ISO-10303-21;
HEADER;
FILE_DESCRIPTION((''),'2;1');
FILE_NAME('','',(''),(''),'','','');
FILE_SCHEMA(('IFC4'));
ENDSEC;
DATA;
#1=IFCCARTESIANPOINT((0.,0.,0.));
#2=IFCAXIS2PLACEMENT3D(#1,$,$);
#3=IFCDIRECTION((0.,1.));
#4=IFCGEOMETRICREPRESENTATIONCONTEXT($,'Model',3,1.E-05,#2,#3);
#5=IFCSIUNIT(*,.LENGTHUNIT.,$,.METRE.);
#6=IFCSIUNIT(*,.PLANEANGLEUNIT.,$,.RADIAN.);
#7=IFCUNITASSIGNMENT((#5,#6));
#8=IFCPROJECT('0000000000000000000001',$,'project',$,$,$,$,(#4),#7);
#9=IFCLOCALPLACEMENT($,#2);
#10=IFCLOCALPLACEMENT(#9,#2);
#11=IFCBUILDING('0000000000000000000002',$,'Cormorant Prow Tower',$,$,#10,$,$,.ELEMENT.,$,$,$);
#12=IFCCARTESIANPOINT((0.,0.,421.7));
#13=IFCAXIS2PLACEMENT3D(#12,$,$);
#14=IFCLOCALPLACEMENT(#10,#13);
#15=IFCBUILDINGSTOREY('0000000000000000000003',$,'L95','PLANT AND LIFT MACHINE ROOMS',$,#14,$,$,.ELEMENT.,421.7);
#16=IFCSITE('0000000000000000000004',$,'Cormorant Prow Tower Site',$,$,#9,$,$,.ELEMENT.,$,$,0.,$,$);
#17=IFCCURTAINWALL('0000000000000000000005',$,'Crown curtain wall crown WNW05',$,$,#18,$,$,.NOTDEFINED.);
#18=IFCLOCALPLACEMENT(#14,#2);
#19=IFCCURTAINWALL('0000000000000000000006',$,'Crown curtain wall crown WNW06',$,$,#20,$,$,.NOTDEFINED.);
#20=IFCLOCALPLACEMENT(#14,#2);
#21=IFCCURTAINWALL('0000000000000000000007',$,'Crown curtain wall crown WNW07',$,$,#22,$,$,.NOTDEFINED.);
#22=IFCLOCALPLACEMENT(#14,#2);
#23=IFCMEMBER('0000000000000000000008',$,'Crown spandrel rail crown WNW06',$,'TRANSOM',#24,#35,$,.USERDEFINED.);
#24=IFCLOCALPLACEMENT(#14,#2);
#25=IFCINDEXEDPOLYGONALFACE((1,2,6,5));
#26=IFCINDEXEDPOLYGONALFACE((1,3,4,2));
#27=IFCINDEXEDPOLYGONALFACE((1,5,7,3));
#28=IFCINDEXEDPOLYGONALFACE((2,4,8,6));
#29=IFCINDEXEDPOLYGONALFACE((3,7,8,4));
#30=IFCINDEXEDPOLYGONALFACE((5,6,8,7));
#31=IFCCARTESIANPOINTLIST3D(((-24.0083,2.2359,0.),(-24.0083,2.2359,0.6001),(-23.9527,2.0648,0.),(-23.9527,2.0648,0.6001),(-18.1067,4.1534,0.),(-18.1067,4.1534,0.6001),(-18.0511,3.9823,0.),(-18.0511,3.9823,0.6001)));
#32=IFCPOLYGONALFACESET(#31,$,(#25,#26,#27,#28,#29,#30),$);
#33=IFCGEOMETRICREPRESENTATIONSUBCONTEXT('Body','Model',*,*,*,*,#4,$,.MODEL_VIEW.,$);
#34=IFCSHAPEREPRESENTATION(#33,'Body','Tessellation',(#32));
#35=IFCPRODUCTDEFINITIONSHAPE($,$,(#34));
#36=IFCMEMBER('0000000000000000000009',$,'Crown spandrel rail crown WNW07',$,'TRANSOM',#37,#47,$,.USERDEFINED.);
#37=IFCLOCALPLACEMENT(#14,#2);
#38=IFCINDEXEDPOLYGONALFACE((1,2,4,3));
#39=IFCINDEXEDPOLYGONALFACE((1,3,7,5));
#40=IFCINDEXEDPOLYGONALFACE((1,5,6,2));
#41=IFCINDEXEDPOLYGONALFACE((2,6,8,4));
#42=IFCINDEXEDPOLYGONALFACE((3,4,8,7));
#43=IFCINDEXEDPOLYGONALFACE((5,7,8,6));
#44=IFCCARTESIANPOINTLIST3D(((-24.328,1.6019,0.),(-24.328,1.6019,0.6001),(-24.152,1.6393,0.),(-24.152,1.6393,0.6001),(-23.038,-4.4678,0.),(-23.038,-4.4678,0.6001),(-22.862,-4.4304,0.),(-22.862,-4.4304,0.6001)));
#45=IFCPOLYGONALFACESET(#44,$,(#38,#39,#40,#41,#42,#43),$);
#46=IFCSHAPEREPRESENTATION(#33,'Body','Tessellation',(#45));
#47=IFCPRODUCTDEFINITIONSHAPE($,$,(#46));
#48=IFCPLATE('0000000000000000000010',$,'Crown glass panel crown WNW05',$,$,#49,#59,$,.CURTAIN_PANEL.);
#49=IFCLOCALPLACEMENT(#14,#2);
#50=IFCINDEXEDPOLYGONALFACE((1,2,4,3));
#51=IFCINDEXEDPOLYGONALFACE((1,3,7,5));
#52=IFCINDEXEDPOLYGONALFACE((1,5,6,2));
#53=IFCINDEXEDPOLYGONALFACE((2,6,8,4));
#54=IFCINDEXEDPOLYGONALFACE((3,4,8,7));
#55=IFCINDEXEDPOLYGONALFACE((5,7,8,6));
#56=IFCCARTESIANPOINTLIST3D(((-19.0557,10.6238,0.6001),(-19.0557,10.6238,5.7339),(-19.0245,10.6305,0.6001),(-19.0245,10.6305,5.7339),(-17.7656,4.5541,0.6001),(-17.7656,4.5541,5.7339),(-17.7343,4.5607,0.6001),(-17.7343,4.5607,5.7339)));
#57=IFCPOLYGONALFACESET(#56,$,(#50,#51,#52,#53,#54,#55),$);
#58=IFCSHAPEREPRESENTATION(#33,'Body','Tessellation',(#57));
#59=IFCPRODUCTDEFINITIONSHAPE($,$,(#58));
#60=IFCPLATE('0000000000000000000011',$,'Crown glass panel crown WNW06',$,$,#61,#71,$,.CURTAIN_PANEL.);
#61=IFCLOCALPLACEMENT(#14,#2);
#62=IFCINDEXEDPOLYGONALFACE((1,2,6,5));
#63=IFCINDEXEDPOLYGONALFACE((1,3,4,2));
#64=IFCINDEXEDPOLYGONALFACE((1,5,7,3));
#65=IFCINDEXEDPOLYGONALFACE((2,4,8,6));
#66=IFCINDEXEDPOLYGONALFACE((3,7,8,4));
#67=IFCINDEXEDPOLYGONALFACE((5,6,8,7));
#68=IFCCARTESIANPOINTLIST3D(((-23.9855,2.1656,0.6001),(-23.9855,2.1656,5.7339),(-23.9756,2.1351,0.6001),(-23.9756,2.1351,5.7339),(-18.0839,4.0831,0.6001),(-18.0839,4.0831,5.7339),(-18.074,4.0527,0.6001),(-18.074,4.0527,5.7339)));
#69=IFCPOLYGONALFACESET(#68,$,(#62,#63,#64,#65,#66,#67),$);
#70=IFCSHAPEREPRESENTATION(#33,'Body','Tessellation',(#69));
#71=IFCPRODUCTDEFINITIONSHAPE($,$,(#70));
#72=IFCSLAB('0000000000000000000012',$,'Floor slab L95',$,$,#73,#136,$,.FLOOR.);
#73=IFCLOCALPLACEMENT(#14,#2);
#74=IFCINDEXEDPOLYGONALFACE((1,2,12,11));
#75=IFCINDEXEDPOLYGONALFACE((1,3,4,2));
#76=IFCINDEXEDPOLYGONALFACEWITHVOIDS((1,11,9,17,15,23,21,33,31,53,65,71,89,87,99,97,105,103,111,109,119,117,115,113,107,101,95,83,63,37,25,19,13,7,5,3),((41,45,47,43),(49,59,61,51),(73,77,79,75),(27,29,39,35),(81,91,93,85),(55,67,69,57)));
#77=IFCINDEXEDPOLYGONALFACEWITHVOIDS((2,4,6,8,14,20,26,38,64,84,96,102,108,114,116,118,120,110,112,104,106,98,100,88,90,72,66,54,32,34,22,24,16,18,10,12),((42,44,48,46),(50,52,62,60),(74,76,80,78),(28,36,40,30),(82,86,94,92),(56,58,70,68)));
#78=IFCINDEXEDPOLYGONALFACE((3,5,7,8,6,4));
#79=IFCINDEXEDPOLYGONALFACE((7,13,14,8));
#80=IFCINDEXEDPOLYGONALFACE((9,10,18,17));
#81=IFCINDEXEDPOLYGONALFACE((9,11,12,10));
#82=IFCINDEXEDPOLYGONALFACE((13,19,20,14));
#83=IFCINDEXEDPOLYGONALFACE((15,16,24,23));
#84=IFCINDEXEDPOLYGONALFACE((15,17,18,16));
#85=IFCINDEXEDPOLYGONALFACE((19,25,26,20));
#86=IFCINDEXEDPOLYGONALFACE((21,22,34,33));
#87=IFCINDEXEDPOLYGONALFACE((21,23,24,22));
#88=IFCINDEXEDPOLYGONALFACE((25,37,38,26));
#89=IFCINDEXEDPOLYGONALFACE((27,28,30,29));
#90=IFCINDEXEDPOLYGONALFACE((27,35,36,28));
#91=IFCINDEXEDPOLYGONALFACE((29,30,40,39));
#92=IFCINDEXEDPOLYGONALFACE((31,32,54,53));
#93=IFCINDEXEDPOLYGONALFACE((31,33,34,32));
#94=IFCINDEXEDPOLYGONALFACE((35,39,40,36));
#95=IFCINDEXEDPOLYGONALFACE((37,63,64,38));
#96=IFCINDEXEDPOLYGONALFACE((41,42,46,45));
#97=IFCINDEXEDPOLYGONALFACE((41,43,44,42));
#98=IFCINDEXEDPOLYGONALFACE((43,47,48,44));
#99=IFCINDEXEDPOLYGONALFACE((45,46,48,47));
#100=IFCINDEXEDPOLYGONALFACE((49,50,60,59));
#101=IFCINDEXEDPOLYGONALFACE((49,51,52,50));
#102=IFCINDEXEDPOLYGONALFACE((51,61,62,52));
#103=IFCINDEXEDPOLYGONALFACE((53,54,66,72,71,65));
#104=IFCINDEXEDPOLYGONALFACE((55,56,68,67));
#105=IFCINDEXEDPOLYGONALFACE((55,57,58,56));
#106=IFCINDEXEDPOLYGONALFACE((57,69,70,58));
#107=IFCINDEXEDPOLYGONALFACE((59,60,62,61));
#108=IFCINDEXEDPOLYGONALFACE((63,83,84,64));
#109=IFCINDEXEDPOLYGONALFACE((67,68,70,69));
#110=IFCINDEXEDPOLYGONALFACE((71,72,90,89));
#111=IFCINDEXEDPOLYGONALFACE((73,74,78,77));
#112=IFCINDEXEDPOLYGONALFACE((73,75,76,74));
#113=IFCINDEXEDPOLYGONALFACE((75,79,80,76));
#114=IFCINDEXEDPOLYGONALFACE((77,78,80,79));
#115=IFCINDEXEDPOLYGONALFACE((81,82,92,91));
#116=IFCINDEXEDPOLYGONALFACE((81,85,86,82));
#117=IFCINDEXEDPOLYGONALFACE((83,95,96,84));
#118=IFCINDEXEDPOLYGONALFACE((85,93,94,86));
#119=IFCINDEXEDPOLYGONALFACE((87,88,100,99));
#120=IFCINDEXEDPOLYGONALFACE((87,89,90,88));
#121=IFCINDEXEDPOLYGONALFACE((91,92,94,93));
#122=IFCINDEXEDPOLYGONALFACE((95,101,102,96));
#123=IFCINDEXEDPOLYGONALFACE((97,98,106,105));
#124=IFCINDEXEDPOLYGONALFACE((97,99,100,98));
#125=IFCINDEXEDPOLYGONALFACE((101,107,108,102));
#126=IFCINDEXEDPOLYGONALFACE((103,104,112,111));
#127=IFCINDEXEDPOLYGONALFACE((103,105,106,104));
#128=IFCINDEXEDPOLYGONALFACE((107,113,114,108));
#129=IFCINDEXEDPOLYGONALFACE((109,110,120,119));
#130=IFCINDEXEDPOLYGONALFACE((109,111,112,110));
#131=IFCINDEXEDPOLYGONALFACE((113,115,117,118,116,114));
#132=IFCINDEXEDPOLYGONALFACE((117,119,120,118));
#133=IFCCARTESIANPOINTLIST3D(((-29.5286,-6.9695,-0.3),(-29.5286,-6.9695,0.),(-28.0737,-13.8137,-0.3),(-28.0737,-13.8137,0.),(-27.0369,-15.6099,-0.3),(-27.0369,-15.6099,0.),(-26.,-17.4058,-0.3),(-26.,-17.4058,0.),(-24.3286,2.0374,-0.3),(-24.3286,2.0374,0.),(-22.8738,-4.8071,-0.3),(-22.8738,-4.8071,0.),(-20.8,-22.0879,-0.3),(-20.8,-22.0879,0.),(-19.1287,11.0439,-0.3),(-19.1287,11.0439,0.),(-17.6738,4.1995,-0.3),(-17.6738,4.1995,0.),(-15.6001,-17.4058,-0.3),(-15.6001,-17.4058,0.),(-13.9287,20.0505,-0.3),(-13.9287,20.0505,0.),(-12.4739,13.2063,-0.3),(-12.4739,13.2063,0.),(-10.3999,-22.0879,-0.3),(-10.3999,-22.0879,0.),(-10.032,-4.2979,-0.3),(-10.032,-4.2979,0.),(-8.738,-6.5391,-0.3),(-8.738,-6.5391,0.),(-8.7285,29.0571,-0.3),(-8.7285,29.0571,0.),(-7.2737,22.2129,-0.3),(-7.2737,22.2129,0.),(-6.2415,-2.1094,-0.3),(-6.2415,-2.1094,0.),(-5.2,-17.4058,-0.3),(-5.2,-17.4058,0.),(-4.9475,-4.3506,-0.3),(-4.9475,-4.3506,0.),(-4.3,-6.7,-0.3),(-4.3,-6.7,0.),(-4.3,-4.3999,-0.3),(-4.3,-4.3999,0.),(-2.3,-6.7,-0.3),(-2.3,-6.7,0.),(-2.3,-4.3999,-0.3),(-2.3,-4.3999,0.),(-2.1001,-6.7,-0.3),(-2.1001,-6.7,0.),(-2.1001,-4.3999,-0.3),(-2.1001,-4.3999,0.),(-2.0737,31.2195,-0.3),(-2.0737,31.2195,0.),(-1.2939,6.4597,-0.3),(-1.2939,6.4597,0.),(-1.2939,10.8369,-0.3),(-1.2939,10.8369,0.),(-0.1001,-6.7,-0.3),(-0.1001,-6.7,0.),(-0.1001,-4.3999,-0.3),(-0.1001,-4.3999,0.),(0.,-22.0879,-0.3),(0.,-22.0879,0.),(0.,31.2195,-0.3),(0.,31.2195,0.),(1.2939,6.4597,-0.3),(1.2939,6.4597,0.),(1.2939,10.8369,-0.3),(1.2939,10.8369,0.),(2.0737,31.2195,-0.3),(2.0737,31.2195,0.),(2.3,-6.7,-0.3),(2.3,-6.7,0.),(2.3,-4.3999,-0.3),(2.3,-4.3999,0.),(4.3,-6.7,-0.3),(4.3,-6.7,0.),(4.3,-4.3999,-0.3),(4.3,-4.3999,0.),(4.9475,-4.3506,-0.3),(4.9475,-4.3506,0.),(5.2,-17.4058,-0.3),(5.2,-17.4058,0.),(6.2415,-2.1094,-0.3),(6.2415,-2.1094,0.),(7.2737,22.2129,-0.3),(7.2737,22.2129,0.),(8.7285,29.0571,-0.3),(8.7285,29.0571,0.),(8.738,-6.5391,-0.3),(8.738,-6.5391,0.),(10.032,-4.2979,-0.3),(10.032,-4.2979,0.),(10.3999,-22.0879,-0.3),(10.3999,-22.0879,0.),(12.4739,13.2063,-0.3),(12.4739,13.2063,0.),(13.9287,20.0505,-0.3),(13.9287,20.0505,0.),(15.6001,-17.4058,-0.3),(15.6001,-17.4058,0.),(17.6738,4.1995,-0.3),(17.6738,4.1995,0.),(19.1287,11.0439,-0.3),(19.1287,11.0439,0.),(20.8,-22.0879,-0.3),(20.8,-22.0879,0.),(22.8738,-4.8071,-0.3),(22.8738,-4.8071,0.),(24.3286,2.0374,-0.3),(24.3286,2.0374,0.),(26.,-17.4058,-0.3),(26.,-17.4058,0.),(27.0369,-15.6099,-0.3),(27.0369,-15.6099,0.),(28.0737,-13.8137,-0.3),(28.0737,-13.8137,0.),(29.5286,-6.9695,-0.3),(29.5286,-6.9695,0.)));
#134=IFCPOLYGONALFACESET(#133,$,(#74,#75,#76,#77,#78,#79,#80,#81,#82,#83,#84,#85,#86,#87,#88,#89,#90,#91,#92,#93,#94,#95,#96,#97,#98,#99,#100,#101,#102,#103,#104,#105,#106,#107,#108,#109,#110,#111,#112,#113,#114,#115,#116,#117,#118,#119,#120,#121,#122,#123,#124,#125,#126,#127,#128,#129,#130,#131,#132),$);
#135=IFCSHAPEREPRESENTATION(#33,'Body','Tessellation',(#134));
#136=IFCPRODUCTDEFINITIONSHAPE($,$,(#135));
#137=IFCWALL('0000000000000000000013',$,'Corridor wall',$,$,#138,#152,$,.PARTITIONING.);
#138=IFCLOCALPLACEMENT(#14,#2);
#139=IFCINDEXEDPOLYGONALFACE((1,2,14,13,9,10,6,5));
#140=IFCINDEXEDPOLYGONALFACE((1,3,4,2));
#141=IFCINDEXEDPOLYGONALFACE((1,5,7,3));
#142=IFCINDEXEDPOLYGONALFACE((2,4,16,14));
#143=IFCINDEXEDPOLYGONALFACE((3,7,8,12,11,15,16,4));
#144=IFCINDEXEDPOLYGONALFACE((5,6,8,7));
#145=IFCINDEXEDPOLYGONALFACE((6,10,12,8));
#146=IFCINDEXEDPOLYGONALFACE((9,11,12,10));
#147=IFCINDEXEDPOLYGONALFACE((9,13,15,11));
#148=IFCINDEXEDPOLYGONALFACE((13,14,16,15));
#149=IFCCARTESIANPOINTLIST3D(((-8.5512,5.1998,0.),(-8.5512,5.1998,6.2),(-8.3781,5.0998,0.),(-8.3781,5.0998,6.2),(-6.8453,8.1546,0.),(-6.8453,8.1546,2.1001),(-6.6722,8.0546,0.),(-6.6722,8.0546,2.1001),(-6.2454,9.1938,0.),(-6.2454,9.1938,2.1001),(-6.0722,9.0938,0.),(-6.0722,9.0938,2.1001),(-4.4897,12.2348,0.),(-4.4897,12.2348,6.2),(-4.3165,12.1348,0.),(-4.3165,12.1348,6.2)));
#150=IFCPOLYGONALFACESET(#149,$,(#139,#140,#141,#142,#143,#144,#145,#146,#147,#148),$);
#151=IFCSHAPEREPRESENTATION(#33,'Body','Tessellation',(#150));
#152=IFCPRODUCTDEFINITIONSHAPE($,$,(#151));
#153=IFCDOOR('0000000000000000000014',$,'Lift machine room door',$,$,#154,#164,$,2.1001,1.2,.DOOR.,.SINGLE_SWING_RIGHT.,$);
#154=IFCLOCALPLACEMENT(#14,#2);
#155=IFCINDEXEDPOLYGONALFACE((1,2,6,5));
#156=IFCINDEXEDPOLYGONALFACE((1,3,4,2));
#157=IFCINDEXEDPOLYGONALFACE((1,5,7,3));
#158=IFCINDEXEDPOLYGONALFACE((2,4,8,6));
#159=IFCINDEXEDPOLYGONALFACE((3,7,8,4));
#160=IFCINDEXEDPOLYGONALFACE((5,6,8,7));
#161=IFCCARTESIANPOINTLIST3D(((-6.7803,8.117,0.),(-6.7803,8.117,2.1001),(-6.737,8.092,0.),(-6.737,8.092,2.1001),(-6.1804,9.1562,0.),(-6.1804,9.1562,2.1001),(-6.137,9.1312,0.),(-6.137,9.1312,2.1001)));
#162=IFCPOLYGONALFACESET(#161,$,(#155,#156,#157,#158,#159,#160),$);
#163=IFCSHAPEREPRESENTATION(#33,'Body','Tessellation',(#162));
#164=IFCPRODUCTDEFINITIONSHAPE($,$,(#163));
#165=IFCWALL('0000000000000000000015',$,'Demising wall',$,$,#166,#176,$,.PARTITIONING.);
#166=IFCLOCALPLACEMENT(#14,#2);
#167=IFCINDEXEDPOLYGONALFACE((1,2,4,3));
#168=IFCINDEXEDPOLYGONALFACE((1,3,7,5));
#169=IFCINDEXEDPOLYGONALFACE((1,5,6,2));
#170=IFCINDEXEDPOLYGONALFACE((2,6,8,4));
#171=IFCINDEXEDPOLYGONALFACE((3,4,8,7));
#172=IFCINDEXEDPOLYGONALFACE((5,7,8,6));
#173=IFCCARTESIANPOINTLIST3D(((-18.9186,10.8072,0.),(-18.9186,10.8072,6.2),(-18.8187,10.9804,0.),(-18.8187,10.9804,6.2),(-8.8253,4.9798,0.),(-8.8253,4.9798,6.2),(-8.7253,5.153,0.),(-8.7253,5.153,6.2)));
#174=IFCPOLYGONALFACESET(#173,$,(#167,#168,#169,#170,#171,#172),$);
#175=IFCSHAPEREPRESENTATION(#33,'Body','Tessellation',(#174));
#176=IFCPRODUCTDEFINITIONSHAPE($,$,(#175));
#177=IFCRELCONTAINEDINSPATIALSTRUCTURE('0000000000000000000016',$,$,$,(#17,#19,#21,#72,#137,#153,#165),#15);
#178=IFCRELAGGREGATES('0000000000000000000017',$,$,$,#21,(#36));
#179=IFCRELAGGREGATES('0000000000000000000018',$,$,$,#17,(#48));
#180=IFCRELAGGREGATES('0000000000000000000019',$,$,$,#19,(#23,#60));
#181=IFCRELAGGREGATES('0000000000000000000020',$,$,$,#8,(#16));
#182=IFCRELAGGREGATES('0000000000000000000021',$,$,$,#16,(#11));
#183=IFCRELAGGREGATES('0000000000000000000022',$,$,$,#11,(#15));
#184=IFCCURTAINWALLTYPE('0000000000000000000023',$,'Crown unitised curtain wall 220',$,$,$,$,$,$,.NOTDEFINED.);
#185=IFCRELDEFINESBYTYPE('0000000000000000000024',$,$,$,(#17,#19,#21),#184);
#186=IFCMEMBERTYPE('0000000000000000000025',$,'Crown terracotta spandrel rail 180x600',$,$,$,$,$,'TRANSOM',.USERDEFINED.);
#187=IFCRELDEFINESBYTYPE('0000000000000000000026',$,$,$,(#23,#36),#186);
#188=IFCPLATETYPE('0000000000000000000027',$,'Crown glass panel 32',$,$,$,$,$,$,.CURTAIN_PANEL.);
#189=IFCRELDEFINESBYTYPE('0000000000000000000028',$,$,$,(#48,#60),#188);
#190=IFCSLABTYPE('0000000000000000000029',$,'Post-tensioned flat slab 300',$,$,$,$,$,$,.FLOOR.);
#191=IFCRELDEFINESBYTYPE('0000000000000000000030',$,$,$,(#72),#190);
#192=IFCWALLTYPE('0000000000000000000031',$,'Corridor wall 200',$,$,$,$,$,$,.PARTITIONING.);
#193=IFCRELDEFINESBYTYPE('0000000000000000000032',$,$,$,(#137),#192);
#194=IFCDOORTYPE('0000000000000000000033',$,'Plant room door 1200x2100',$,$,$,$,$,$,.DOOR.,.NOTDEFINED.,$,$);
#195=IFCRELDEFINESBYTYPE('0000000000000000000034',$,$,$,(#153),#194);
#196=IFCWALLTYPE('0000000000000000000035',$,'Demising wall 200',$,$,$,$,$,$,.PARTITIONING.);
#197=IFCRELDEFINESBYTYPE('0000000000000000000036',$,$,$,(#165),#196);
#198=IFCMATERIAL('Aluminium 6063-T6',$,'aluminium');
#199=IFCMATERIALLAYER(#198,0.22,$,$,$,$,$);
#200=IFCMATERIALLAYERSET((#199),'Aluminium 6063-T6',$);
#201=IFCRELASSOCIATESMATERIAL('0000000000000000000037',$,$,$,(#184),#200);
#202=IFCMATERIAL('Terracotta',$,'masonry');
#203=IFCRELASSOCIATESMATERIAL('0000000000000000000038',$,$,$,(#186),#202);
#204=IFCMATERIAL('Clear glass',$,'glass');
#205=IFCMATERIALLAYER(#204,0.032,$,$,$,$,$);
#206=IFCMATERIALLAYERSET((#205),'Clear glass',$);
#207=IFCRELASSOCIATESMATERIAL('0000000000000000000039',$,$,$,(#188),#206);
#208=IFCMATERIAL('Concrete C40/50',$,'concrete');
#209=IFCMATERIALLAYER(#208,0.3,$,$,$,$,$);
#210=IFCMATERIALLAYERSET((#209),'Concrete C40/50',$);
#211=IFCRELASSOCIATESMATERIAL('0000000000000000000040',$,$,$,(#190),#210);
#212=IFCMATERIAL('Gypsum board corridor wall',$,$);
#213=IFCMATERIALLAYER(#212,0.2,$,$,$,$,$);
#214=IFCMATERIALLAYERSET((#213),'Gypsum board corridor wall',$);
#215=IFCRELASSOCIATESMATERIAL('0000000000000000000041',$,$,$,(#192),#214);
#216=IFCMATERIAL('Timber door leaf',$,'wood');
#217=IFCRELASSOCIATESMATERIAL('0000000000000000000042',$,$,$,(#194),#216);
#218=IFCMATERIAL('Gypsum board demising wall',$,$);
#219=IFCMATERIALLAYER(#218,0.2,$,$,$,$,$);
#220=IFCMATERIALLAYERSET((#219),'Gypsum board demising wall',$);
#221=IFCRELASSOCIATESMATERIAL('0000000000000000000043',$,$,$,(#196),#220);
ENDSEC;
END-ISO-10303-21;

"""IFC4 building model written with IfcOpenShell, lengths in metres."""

from ifc_helpers import new_model, si_unit, direction, frame, frame_2d, origin, origin_2d, place, context, subcontext, project, spatial, polyline, rectangle, outline, extrude, material, layer, layer_set, material_profile, profile_set, type_object, element, fill, aggregate, save


model = new_model("IFC4")

# Units and contexts
model_context = context("Model", 3, precision=1e-05, world=origin(), true_north=direction((0.0, 1.0)))
body_context = subcontext(model_context, "Body", "Model", "MODEL_VIEW")
ifc_project = project(units=[si_unit("LENGTHUNIT", "METRE"), si_unit("PLANEANGLEUNIT", "RADIAN")], contexts=[model_context])

# Site, building, storey
site_placement = place(None, origin())
site = spatial("IfcSite", under=ifc_project, at=site_placement, Name="Cormorant Prow Tower Site", CompositionType="ELEMENT", RefElevation=0.0)
building_placement = place(site_placement, origin())
building = spatial("IfcBuilding", under=site, at=building_placement, Name="Cormorant Prow Tower", CompositionType="ELEMENT")
storey_placement = place(building_placement, frame((0.0, 0.0, 421.7)))
storey = spatial("IfcBuildingStorey", under=building, at=storey_placement, Name="L95", Description="PLANT AND LIFT MACHINE ROOMS", CompositionType="ELEMENT", Elevation=421.7)

# Curtain walls
ifc_material_1 = material(Name="Aluminium 6063-T6", Category="aluminium")
ifc_layer_1 = layer(ifc_material_1, 0.22)
ifc_layer_set_1 = layer_set([ifc_layer_1], Name="Aluminium 6063-T6")
curtain_wall_type = type_object("IfcCurtainWallType", Name="Crown unitised curtain wall 220", PredefinedType="NOTDEFINED", material=ifc_layer_set_1)
curtain_wall_1_placement = place(storey_placement, origin())
curtain_wall_1 = element("IfcCurtainWall", 1, at=curtain_wall_1_placement, inside=storey, type_object=curtain_wall_type, Name="Crown curtain wall crown WNW05", PredefinedType="NOTDEFINED")
curtain_wall_2_placement = place(storey_placement, origin())
curtain_wall_2 = element("IfcCurtainWall", 2, at=curtain_wall_2_placement, inside=storey, type_object=curtain_wall_type, Name="Crown curtain wall crown WNW06", PredefinedType="NOTDEFINED")
curtain_wall_3_placement = place(storey_placement, origin())
curtain_wall_3 = element("IfcCurtainWall", 3, at=curtain_wall_3_placement, inside=storey, type_object=curtain_wall_type, Name="Crown curtain wall crown WNW07", PredefinedType="NOTDEFINED")

# Members
ifc_material_2 = material(Name="Terracotta", Category="masonry")
ifc_material_profile_1 = material_profile(ifc_material_2, rectangle(XDim=0.1799, YDim=0.6001, at=origin_2d()), Name="Crown terracotta spandrel rail 180x600")
ifc_profile_set_1 = profile_set([ifc_material_profile_1], Name="Terracotta")
member_type_1 = type_object("IfcMemberType", Name="Crown terracotta spandrel rail 180x600", ElementType="TRANSOM", PredefinedType="USERDEFINED", material=ifc_profile_set_1)
member_1_placement = place(storey_placement, frame((-18.0789, 4.0679, 0.3), z_axis=(-0.95106, -0.309007, 0.0), x_axis=(0.309007, -0.95106, 0.0)))
member_1 = element("IfcMember", 4, at=member_1_placement, type_object=member_type_1, Name="Crown spandrel rail crown WNW06", ObjectType="TRANSOM", PredefinedType="USERDEFINED", context=body_context, shape_type="SweptSolid", body=[
    extrude(rectangle(XDim=0.1799, YDim=0.6001, at=origin_2d()), origin(), (0.0, 0.0, 1.0), 6.2053),
])
member_2_placement = place(storey_placement, frame((-24.24, 1.6206, 0.3), z_axis=(0.20789, -0.978152, 0.0), x_axis=(0.978152, 0.20789, 0.0)))
member_2 = element("IfcMember", 5, at=member_2_placement, type_object=member_type_1, Name="Crown spandrel rail crown WNW07", ObjectType="TRANSOM", PredefinedType="USERDEFINED", context=body_context, shape_type="SweptSolid", body=[
    extrude(rectangle(XDim=0.1799, YDim=0.6001, at=origin_2d()), origin(), (0.0, 0.0, 1.0), 6.2053),
])
aggregate(curtain_wall_3, [member_2])

# Plates
ifc_material_3 = material(Name="Clear glass", Category="glass")
ifc_layer_2 = layer(ifc_material_3, 0.032)
ifc_layer_set_2 = layer_set([ifc_layer_2], Name="Clear glass")
plate_type = type_object("IfcPlateType", Name="Crown glass panel 32", PredefinedType="CURTAIN_PANEL", material=ifc_layer_set_2)
plate_1_placement = place(storey_placement, frame((-18.395, 7.5923, 0.6001), z_axis=(0.0, 0.0, 1.0), x_axis=(0.207912, -0.978148, 0.0)))
plate_1 = element("IfcPlate", 6, at=plate_1_placement, type_object=plate_type, Name="Crown glass panel crown WNW05", PredefinedType="CURTAIN_PANEL", context=body_context, shape_type="SweptSolid", body=[
    extrude(rectangle(XDim=6.2053, YDim=0.032, at=origin_2d()), origin(), (0.0, 0.0, 1.0), 5.1338),
])
aggregate(curtain_wall_1, [plate_1])
plate_2_placement = place(storey_placement, frame((-21.0298, 3.1091, 0.6001), z_axis=(0.0, 0.0, 1.0), x_axis=(-0.951056, -0.309017, 0.0)))
plate_2 = element("IfcPlate", 7, at=plate_2_placement, type_object=plate_type, Name="Crown glass panel crown WNW06", PredefinedType="CURTAIN_PANEL", context=body_context, shape_type="SweptSolid", body=[
    extrude(rectangle(XDim=6.2053, YDim=0.032, at=origin_2d()), origin(), (0.0, 0.0, 1.0), 5.1338),
])
aggregate(curtain_wall_2, [member_1, plate_2])

# Slab
ifc_material_4 = material(Name="Concrete C40/50", Category="concrete")
ifc_layer_3 = layer(ifc_material_4, 0.3)
ifc_layer_set_3 = layer_set([ifc_layer_3], Name="Concrete C40/50")
slab_type = type_object("IfcSlabType", Name="Post-tensioned flat slab 300", PredefinedType="FLOOR", material=ifc_layer_set_3)
slab_placement = place(storey_placement, frame((0.0, 0.0, -0.3)))
element("IfcSlab", 8, at=slab_placement, inside=storey, type_object=slab_type, Name="Floor slab L95", PredefinedType="FLOOR", context=body_context, shape_type="SweptSolid", body=[
    extrude(outline(polyline([(-19.1287, 11.0439), (-17.6738, 4.1995), (-24.3286, 2.0374), (-22.8738, -4.8071), (-29.5286, -6.9695), (-28.0737, -13.8137), (-27.0369, -15.6099), (-26.0, -17.4058), (-20.8, -22.0879), (-15.6001, -17.4058), (-10.3999, -22.0879), (-5.2, -17.4058), (0.0, -22.0879), (5.2, -17.4058), (10.3999, -22.0879), (15.6001, -17.4058), (20.8, -22.0879), (26.0, -17.4058), (27.0369, -15.6099), (28.0737, -13.8137), (29.5286, -6.9695), (22.8738, -4.8071), (24.3286, 2.0374), (17.6738, 4.1995), (19.1287, 11.0439), (12.4739, 13.2063), (13.9287, 20.0505), (7.2737, 22.2129), (8.7285, 29.0571), (2.0737, 31.2195), (0.0, 31.2195), (-2.0737, 31.2195), (-8.7285, 29.0571), (-7.2737, 22.2129), (-13.9287, 20.0505), (-12.4739, 13.2063), (-19.1287, 11.0439)]), holes=[polyline([(-4.3, -4.3999), (-2.3, -4.3999), (-2.3, -6.7), (-4.3, -6.7), (-4.3, -4.3999)]), polyline([(-0.1001, -4.3999), (-0.1001, -6.7), (-2.1001, -6.7), (-2.1001, -4.3999), (-0.1001, -4.3999)]), polyline([(4.3, -6.7), (2.3, -6.7), (2.3, -4.3999), (4.3, -4.3999), (4.3, -6.7)]), polyline([(-4.9475, -4.3506), (-8.738, -6.5391), (-10.032, -4.2979), (-6.2415, -2.1094), (-4.9475, -4.3506)]), polyline([(10.032, -4.2979), (8.738, -6.5391), (4.9475, -4.3506), (6.2415, -2.1094), (10.032, -4.2979)]), polyline([(1.2939, 10.8369), (1.2939, 6.4597), (-1.2939, 6.4597), (-1.2939, 10.8369), (1.2939, 10.8369)])]), origin(), (0.0, 0.0, 1.0), 0.3),
])

# Wall, opening, door
ifc_material_5 = material(Name="Gypsum board corridor wall")
ifc_layer_4 = layer(ifc_material_5, 0.2)
ifc_layer_set_4 = layer_set([ifc_layer_4], Name="Gypsum board corridor wall")
wall_type_1 = type_object("IfcWallType", Name="Corridor wall 200", PredefinedType="PARTITIONING", material=ifc_layer_set_4)
wall_1_placement = place(storey_placement, frame((-8.4646, 5.1499, 0.0), z_axis=(0.0, 0.0, 1.0), x_axis=(0.499992, 0.86603, 0.0)))
wall_1 = element("IfcWall", 9, at=wall_1_placement, inside=storey, type_object=wall_type_1, Name="Corridor wall", PredefinedType="PARTITIONING", context=body_context, shape_type="SweptSolid", body=[
    extrude(rectangle(XDim=8.1233, YDim=0.2, at=frame_2d((4.0615, 0.0))), origin(), (0.0, 0.0, 1.0), 6.2),
])
opening_1_placement = place(wall_1_placement, frame((3.4116, 0.0, 0.0)))
opening_1 = element("IfcOpeningElement", 10, at=opening_1_placement, cuts=wall_1, PredefinedType="OPENING", context=body_context, shape_type="SweptSolid", body=[
    extrude(rectangle(XDim=1.2, YDim=2.1001, at=frame_2d((0.6001, 1.05))), frame((0.0, 0.1099, 0.0), z_axis=(0.0, -1.0, 0.0), x_axis=(1.0, 0.0, 0.0)), (0.0, 0.0, 1.0), 0.22),
])
ifc_material_6 = material(Name="Timber door leaf", Category="wood")
door_type_1 = type_object("IfcDoorType", Name="Plant room door 1200x2100", OperationType="NOTDEFINED", PredefinedType="DOOR", material=ifc_material_6)
door_1_placement = place(opening_1_placement, origin())
door_1 = element("IfcDoor", 11, at=door_1_placement, inside=storey, type_object=door_type_1, Name="Lift machine room door", OperationType="SINGLE_SWING_RIGHT", OverallHeight=2.1001, OverallWidth=1.2, PredefinedType="DOOR", context=body_context, shape_type="SweptSolid", body=[
    extrude(rectangle(XDim=1.2, YDim=2.1001, at=frame_2d((0.6001, 1.05))), frame((0.0, 0.0249, 0.0), z_axis=(0.0, -1.0, 0.0), x_axis=(1.0, 0.0, 0.0)), (0.0, 0.0, 1.0), 0.05),
])
fill(opening_1, door_1)

# Wall
ifc_material_7 = material(Name="Gypsum board demising wall")
ifc_layer_5 = layer(ifc_material_7, 0.2)
ifc_layer_set_5 = layer_set([ifc_layer_5], Name="Gypsum board demising wall")
wall_type_2 = type_object("IfcWallType", Name="Demising wall 200", PredefinedType="PARTITIONING", material=ifc_layer_set_5)
wall_2_placement = place(storey_placement, frame((-18.8687, 10.8938, 0.0), z_axis=(0.0, 0.0, 1.0), x_axis=(0.866024, -0.500003, 0.0)))
element("IfcWall", 12, at=wall_2_placement, inside=storey, type_object=wall_type_2, Name="Demising wall", PredefinedType="PARTITIONING", context=body_context, shape_type="SweptSolid", body=[
    extrude(rectangle(XDim=11.6548, YDim=0.2, at=frame_2d((5.8274, 0.0))), origin(), (0.0, 0.0, 1.0), 6.2),
])

save(model, "model.ifc")
